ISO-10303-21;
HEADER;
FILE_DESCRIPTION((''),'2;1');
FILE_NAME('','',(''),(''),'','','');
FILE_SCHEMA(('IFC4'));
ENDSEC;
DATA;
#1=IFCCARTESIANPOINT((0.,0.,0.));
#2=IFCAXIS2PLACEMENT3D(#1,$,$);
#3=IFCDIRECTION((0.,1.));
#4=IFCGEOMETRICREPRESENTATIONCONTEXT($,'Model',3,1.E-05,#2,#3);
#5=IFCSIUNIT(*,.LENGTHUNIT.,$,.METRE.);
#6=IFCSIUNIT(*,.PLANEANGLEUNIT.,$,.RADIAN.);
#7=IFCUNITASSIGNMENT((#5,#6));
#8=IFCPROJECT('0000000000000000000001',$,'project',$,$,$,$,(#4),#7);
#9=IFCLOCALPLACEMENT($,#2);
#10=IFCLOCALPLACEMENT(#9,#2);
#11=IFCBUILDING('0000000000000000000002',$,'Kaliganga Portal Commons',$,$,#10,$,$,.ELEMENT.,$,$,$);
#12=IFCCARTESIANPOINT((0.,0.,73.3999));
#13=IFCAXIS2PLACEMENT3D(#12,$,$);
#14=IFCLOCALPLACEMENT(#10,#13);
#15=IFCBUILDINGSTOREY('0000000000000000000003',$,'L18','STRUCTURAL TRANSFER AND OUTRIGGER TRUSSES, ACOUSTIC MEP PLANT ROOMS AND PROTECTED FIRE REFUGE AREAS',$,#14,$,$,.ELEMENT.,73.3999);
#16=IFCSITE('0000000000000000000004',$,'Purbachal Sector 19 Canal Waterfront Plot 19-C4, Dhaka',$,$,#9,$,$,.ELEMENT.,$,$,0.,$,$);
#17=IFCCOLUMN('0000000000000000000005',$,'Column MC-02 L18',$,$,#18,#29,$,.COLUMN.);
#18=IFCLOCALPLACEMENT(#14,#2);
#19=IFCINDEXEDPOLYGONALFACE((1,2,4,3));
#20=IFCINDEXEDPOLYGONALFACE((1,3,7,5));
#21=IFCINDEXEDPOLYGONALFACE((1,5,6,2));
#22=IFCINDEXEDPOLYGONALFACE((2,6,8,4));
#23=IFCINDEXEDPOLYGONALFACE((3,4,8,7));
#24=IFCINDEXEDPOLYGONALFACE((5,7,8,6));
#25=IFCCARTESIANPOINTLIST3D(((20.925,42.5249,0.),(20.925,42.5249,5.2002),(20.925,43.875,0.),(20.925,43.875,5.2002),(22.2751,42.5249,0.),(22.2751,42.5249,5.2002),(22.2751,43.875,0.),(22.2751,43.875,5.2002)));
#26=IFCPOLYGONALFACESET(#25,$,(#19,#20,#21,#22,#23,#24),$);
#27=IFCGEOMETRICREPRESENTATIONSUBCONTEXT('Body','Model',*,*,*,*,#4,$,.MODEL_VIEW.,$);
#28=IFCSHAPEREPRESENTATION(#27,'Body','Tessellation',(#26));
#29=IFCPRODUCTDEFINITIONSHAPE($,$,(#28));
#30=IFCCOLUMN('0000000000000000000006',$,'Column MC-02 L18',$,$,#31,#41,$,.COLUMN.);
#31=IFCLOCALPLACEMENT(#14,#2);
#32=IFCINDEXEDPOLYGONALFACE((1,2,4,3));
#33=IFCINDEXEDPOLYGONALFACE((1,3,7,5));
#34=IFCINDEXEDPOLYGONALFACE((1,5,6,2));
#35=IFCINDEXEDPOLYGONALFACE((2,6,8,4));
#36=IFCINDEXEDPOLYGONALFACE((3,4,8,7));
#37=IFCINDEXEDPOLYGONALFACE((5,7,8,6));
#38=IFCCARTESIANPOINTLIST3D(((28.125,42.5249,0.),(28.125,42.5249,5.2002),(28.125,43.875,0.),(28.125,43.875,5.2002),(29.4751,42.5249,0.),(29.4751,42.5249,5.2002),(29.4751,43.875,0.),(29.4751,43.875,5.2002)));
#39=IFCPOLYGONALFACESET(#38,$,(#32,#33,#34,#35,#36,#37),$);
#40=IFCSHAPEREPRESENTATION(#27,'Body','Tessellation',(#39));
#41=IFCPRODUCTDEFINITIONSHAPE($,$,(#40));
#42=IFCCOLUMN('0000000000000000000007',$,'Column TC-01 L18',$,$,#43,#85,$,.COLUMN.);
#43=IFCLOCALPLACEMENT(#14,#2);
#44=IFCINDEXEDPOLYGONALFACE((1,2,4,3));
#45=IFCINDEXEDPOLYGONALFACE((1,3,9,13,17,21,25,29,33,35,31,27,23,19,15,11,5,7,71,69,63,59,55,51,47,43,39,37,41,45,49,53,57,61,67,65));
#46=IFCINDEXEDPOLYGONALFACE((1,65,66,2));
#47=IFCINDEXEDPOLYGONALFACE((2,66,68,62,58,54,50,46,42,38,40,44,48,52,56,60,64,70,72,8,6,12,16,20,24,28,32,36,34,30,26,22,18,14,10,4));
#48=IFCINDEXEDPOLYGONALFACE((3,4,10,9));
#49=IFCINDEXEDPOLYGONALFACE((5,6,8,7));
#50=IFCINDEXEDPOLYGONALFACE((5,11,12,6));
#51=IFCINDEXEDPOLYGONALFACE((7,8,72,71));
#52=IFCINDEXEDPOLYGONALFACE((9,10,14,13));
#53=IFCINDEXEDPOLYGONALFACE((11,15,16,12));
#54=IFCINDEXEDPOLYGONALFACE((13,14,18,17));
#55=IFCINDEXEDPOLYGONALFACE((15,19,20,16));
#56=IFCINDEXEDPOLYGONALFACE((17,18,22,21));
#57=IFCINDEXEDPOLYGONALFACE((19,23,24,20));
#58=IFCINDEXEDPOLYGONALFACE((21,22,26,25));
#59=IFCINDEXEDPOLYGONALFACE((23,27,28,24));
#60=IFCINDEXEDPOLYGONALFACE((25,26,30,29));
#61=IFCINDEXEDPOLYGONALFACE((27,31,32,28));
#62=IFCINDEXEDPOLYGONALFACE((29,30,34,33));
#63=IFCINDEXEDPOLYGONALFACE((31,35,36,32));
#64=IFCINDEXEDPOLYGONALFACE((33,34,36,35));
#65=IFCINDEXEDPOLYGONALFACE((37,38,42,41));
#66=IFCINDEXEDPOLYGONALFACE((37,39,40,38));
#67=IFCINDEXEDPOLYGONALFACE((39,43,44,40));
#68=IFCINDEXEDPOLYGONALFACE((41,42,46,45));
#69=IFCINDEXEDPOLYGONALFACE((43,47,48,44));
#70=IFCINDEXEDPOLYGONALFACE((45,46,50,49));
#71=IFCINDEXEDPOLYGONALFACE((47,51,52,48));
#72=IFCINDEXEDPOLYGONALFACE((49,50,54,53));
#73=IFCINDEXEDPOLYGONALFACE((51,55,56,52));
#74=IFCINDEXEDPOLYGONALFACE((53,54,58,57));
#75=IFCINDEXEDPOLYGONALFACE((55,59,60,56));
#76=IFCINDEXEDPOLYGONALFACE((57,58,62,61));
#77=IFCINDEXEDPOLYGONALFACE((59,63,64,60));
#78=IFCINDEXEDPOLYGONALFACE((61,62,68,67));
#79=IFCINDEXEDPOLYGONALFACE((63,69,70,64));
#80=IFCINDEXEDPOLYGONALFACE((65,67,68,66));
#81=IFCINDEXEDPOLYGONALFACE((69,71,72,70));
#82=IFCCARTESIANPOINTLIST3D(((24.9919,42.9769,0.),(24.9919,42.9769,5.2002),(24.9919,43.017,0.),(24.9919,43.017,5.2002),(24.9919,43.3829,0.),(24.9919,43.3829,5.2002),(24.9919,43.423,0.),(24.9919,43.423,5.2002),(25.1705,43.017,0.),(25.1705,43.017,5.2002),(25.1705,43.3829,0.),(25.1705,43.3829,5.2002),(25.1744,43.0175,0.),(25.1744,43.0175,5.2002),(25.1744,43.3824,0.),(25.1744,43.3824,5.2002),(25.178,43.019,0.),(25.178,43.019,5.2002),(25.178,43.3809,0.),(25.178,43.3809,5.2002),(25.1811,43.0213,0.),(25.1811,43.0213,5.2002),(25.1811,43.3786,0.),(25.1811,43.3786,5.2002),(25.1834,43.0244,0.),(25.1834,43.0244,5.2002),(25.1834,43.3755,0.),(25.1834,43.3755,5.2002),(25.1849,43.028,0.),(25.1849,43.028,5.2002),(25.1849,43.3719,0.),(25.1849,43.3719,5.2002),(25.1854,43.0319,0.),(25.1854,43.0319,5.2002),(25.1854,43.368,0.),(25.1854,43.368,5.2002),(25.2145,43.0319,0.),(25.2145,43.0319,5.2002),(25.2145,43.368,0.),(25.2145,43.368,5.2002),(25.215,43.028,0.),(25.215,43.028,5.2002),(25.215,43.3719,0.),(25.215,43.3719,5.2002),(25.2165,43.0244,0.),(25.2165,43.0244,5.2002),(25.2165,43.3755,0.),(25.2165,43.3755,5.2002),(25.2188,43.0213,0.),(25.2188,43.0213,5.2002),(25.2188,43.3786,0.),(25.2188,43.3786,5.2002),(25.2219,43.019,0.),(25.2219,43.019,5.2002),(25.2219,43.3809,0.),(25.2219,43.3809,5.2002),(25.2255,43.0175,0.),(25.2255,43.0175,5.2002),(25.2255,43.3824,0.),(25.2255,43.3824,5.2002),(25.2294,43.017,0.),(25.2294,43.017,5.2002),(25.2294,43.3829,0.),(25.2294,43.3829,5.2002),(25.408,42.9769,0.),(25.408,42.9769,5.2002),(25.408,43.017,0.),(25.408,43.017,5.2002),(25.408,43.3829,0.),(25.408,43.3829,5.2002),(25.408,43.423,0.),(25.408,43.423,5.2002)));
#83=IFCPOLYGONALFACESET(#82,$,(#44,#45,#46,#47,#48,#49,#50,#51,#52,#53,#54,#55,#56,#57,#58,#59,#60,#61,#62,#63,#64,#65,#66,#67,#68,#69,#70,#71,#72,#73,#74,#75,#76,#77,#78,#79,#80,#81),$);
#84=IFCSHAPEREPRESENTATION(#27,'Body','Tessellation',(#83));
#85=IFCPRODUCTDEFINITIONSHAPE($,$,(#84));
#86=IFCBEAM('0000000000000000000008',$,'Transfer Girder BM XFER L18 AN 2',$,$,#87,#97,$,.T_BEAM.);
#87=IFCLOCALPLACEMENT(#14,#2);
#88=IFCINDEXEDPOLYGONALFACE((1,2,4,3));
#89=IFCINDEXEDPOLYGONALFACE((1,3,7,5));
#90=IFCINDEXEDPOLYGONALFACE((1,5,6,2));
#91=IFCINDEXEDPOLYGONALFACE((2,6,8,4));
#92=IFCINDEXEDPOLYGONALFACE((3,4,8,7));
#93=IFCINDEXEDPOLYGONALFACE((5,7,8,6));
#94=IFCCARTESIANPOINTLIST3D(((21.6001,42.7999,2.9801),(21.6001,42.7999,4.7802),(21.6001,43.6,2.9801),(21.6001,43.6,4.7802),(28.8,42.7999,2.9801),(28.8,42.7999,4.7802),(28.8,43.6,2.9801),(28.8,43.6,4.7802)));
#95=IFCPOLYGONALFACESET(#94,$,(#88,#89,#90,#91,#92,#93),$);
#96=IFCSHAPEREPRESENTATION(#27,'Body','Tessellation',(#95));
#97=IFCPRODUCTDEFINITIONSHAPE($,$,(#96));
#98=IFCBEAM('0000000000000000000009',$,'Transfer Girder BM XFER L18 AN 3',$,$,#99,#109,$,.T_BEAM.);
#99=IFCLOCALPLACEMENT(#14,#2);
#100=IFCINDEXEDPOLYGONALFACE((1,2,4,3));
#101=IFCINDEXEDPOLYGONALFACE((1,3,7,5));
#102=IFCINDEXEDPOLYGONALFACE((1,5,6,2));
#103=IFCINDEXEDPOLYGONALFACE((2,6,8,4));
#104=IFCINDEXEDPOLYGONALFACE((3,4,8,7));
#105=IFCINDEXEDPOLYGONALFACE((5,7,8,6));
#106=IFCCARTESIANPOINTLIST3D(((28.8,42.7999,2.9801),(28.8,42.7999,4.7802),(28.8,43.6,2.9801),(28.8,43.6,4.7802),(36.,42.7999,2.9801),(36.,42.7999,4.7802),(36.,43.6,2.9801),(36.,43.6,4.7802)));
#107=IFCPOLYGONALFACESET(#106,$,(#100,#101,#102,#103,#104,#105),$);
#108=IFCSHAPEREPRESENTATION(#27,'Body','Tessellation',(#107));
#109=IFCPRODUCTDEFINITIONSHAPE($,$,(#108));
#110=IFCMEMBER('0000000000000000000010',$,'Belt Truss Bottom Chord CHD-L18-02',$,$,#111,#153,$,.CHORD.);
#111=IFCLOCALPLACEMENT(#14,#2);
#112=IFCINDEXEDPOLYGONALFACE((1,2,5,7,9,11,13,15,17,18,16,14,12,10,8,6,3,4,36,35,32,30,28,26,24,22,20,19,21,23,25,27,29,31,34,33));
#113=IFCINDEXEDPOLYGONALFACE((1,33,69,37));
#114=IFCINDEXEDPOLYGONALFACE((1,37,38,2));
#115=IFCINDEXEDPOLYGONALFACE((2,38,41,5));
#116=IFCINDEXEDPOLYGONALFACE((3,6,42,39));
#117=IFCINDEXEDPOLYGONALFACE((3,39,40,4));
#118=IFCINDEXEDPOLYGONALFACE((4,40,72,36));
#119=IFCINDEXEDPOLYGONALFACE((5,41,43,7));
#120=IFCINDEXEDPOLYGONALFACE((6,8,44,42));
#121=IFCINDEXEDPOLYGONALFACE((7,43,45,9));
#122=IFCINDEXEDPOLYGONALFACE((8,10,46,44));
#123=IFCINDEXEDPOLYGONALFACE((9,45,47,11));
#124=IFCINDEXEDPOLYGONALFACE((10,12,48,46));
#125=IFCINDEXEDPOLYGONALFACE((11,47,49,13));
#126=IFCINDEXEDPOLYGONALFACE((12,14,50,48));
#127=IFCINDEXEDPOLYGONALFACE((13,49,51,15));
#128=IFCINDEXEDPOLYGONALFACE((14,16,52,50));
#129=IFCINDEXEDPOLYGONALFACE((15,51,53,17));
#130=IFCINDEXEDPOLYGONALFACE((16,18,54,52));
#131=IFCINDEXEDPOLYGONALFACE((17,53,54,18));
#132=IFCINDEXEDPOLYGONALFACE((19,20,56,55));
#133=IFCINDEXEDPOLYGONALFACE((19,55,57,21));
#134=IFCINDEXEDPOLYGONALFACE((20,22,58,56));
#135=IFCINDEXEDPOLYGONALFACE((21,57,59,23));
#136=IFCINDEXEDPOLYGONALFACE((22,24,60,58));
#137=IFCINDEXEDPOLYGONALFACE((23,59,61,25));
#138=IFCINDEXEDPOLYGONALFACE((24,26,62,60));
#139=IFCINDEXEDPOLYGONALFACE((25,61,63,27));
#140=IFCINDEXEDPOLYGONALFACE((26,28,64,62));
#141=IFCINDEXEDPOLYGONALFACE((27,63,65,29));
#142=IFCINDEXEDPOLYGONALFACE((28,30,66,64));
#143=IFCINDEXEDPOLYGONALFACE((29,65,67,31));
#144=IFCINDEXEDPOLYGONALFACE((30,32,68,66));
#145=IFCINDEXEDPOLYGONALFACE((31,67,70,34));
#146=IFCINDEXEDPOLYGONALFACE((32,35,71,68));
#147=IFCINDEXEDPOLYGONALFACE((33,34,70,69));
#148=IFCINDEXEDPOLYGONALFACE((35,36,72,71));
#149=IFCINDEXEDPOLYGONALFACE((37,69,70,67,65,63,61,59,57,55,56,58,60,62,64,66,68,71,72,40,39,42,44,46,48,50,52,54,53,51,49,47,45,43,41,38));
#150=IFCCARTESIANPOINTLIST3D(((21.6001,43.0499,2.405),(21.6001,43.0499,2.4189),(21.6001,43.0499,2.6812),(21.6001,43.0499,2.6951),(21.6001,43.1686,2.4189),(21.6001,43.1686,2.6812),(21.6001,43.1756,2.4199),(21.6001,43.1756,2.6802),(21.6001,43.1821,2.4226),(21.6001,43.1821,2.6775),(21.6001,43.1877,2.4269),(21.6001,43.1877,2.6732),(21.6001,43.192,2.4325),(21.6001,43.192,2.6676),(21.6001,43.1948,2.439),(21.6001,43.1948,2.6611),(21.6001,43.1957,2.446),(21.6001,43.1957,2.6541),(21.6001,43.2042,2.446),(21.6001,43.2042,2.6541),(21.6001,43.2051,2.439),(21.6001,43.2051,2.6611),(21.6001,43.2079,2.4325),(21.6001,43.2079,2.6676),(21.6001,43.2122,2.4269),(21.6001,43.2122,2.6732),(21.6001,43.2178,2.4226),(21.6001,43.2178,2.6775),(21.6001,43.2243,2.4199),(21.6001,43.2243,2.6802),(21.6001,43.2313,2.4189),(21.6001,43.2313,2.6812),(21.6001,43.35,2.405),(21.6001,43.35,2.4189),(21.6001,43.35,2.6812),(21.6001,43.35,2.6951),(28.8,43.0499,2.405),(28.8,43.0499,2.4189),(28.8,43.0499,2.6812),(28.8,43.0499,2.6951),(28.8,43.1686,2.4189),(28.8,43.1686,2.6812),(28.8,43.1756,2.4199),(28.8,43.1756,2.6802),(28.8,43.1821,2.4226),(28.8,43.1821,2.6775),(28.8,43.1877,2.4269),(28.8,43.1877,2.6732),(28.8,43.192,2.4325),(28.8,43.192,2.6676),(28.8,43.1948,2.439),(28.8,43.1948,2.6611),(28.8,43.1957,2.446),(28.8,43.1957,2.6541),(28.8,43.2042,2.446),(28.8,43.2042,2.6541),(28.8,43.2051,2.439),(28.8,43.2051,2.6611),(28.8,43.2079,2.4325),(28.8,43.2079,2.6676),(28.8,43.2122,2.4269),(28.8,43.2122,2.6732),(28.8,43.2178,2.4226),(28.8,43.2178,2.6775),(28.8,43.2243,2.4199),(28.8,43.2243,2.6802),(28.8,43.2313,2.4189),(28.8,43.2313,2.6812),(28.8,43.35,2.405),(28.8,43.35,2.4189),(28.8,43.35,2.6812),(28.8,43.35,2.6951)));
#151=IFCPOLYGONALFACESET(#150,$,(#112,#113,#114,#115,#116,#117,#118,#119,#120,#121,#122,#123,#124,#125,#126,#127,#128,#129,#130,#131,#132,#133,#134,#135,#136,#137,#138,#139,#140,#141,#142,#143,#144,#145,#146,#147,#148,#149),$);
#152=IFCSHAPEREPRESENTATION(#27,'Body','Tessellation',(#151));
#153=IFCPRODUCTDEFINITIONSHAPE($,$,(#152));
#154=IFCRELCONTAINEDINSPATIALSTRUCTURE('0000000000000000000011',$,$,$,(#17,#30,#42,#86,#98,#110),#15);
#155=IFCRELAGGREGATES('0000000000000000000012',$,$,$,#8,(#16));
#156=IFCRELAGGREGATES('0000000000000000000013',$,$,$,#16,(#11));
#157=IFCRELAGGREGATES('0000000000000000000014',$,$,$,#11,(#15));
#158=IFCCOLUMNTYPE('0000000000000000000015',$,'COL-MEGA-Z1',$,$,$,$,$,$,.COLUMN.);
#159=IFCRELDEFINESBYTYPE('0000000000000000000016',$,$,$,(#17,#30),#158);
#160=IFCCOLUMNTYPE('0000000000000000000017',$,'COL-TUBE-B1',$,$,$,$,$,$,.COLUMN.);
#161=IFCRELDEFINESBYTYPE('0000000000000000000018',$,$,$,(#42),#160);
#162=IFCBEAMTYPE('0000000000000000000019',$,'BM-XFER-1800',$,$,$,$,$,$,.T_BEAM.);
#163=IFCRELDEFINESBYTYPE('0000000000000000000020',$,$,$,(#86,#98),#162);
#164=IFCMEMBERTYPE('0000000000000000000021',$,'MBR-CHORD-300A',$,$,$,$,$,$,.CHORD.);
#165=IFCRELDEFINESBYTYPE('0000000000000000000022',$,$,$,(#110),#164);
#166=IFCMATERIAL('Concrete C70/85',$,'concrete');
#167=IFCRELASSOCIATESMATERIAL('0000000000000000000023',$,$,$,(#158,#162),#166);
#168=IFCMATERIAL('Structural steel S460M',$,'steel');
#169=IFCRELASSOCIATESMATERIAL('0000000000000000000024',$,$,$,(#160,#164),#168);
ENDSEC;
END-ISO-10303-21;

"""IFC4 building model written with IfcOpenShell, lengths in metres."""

from ifc_helpers import new_model, si_unit, direction, frame, origin, origin_2d, place, context, subcontext, project, spatial, rectangle, i_section, extrude, source, transform, mapped, material, material_profile, profile_set, type_object, element, save


model = new_model("IFC4")

# Units and contexts
model_context = context("Model", 3, precision=1e-05, world=origin(), true_north=direction((0.0, 1.0)))
body_context = subcontext(model_context, "Body", "Model", "MODEL_VIEW")
ifc_project = project(units=[si_unit("LENGTHUNIT", "METRE"), si_unit("PLANEANGLEUNIT", "RADIAN")], contexts=[model_context])

# Site, building, storey
site_placement = place(None, origin())
site = spatial("IfcSite", under=ifc_project, at=site_placement, Name="Purbachal Sector 19 Canal Waterfront Plot 19-C4, Dhaka", CompositionType="ELEMENT", RefElevation=0.0)
building_placement = place(site_placement, origin())
building = spatial("IfcBuilding", under=site, at=building_placement, Name="Kaliganga Portal Commons", CompositionType="ELEMENT")
storey_placement = place(building_placement, frame((0.0, 0.0, 73.3999)))
storey = spatial("IfcBuildingStorey", under=building, at=storey_placement, Name="L18", Description="STRUCTURAL TRANSFER AND OUTRIGGER TRUSSES, ACOUSTIC MEP PLANT ROOMS AND PROTECTED FIRE REFUGE AREAS", CompositionType="ELEMENT", Elevation=73.3999)

# Columns
ifc_material_1 = material(Name="Concrete C70/85", Category="concrete")
ifc_material_profile_1 = material_profile(ifc_material_1, rectangle(XDim=1.3501, YDim=1.3501, at=origin_2d()), Name="RC 1350x1350")
ifc_profile_set_1 = profile_set([ifc_material_profile_1], Name="Concrete C70/85")
column_type_1 = type_object("IfcColumnType", Name="COL-MEGA-Z1", PredefinedType="COLUMN", material=ifc_profile_set_1)
shared_shape_1 = source(origin(), body_context, "Body", "SweptSolid", [
    extrude(rectangle(XDim=1.3501, YDim=1.3501, at=origin_2d()), origin(), (0.0, 0.0, 1.0), 5.2002),
])
for number, where, z_axis, x_axis, name in (
    (1, (21.6001, 43.2, 0.0), (0.0, 0.0, 1.0), (1.0, 0.0, 0.0), "Column MC-02 L18"),
    (2, (28.8, 43.2, 0.0), (0.0, 0.0, 1.0), (1.0, 0.0, 0.0), "Column MC-02 L18"),
):
    element("IfcColumn", number, at=place(storey_placement, frame(where, z_axis=z_axis, x_axis=x_axis)), inside=storey, type_object=column_type_1, Name=name, PredefinedType="COLUMN", context=body_context, shape_type="MappedRepresentation", body=[
        mapped(shared_shape_1, transform((0.0, 0.0, 0.0), x_axis=(1.0, 0.0, 0.0), y_axis=(0.0, 1.0, 0.0), z_axis=(0.0, 0.0, 1.0), scale=1.0)),
    ])
ifc_material_2 = material(Name="Structural steel S460M", Category="steel")
ifc_material_profile_2 = material_profile(ifc_material_2, i_section(OverallWidth=0.416, OverallDepth=0.446, WebThickness=0.0291, FlangeThickness=0.04, FilletRadius=0.0149, at=origin_2d()), Name="HD 400x509")
ifc_profile_set_2 = profile_set([ifc_material_profile_2], Name="Structural steel S460M wide-flange")
column_type_2 = type_object("IfcColumnType", Name="COL-TUBE-B1", PredefinedType="COLUMN", material=ifc_profile_set_2)
shared_shape_2 = source(origin(), body_context, "Body", "SweptSolid", [
    extrude(i_section(OverallWidth=0.416, OverallDepth=0.446, WebThickness=0.0291, FlangeThickness=0.04, FilletRadius=0.0149, at=origin_2d()), origin(), (0.0, 0.0, 1.0), 5.2002),
])
column_placement = place(storey_placement, frame((25.2, 43.2, 0.0), z_axis=(0.0, 0.0, 1.0), x_axis=(1.0, 0.0, 0.0)))
element("IfcColumn", 3, at=column_placement, inside=storey, type_object=column_type_2, Name="Column TC-01 L18", PredefinedType="COLUMN", context=body_context, shape_type="MappedRepresentation", body=[
    mapped(shared_shape_2, transform((0.0, 0.0, 0.0), x_axis=(1.0, 0.0, 0.0), y_axis=(0.0, 1.0, 0.0), z_axis=(0.0, 0.0, 1.0), scale=1.0)),
])

# Beams
ifc_material_profile_3 = material_profile(ifc_material_1, rectangle(XDim=0.8, YDim=1.8, at=origin_2d()), Name="RC 800x1800")
ifc_profile_set_3 = profile_set([ifc_material_profile_3], Name="Concrete C70/85")
beam_type = type_object("IfcBeamType", Name="BM-XFER-1800", PredefinedType="T_BEAM", material=ifc_profile_set_3)
shared_shape_3 = source(origin(), body_context, "Body", "SweptSolid", [
    extrude(rectangle(XDim=0.8, YDim=1.8, at=origin_2d()), origin(), (0.0, 0.0, 1.0), 7.2),
])
for number, where, z_axis, x_axis, name in (
    (4, (21.6001, 43.2, 3.8801), (1.0, 0.0, 0.0), (0.0, 1.0, 0.0), "Transfer Girder BM XFER L18 AN 2"),
    (5, (28.8, 43.2, 3.8801), (1.0, 0.0, 0.0), (0.0, 1.0, 0.0), "Transfer Girder BM XFER L18 AN 3"),
):
    element("IfcBeam", number, at=place(storey_placement, frame(where, z_axis=z_axis, x_axis=x_axis)), inside=storey, type_object=beam_type, Name=name, PredefinedType="T_BEAM", context=body_context, shape_type="MappedRepresentation", body=[
        mapped(shared_shape_3, transform((0.0, 0.0, 0.0), x_axis=(1.0, 0.0, 0.0), y_axis=(0.0, 1.0, 0.0), z_axis=(0.0, 0.0, 1.0), scale=1.0)),
    ])

# Member
ifc_material_profile_4 = material_profile(ifc_material_2, i_section(OverallWidth=0.3, OverallDepth=0.29, WebThickness=0.0085, FlangeThickness=0.0139, FilletRadius=0.0271, at=origin_2d()), Name="HE 300 A")
ifc_profile_set_4 = profile_set([ifc_material_profile_4], Name="Structural steel S460M wide-flange")
member_type_1 = type_object("IfcMemberType", Name="MBR-CHORD-300A", PredefinedType="CHORD", material=ifc_profile_set_4)
shared_shape_4 = source(origin(), body_context, "Body", "SweptSolid", [
    extrude(i_section(OverallWidth=0.3, OverallDepth=0.29, WebThickness=0.0085, FlangeThickness=0.0139, FilletRadius=0.0271, at=origin_2d()), origin(), (0.0, 0.0, 1.0), 7.2),
])
for number, where, z_axis, x_axis, name in (
    (6, (21.6001, 43.2, 2.55), (1.0, 0.0, 0.0), (0.0, 1.0, 0.0), "Belt Truss Bottom Chord CHD-L18-02"),
):
    element("IfcMember", number, at=place(storey_placement, frame(where, z_axis=z_axis, x_axis=x_axis)), inside=storey, type_object=member_type_1, Name=name, PredefinedType="CHORD", context=body_context, shape_type="MappedRepresentation", body=[
        mapped(shared_shape_4, transform((0.0, 0.0, 0.0), x_axis=(1.0, 0.0, 0.0), y_axis=(0.0, 1.0, 0.0), z_axis=(0.0, 0.0, 1.0), scale=1.0)),
    ])

save(model, "model.ifc")
